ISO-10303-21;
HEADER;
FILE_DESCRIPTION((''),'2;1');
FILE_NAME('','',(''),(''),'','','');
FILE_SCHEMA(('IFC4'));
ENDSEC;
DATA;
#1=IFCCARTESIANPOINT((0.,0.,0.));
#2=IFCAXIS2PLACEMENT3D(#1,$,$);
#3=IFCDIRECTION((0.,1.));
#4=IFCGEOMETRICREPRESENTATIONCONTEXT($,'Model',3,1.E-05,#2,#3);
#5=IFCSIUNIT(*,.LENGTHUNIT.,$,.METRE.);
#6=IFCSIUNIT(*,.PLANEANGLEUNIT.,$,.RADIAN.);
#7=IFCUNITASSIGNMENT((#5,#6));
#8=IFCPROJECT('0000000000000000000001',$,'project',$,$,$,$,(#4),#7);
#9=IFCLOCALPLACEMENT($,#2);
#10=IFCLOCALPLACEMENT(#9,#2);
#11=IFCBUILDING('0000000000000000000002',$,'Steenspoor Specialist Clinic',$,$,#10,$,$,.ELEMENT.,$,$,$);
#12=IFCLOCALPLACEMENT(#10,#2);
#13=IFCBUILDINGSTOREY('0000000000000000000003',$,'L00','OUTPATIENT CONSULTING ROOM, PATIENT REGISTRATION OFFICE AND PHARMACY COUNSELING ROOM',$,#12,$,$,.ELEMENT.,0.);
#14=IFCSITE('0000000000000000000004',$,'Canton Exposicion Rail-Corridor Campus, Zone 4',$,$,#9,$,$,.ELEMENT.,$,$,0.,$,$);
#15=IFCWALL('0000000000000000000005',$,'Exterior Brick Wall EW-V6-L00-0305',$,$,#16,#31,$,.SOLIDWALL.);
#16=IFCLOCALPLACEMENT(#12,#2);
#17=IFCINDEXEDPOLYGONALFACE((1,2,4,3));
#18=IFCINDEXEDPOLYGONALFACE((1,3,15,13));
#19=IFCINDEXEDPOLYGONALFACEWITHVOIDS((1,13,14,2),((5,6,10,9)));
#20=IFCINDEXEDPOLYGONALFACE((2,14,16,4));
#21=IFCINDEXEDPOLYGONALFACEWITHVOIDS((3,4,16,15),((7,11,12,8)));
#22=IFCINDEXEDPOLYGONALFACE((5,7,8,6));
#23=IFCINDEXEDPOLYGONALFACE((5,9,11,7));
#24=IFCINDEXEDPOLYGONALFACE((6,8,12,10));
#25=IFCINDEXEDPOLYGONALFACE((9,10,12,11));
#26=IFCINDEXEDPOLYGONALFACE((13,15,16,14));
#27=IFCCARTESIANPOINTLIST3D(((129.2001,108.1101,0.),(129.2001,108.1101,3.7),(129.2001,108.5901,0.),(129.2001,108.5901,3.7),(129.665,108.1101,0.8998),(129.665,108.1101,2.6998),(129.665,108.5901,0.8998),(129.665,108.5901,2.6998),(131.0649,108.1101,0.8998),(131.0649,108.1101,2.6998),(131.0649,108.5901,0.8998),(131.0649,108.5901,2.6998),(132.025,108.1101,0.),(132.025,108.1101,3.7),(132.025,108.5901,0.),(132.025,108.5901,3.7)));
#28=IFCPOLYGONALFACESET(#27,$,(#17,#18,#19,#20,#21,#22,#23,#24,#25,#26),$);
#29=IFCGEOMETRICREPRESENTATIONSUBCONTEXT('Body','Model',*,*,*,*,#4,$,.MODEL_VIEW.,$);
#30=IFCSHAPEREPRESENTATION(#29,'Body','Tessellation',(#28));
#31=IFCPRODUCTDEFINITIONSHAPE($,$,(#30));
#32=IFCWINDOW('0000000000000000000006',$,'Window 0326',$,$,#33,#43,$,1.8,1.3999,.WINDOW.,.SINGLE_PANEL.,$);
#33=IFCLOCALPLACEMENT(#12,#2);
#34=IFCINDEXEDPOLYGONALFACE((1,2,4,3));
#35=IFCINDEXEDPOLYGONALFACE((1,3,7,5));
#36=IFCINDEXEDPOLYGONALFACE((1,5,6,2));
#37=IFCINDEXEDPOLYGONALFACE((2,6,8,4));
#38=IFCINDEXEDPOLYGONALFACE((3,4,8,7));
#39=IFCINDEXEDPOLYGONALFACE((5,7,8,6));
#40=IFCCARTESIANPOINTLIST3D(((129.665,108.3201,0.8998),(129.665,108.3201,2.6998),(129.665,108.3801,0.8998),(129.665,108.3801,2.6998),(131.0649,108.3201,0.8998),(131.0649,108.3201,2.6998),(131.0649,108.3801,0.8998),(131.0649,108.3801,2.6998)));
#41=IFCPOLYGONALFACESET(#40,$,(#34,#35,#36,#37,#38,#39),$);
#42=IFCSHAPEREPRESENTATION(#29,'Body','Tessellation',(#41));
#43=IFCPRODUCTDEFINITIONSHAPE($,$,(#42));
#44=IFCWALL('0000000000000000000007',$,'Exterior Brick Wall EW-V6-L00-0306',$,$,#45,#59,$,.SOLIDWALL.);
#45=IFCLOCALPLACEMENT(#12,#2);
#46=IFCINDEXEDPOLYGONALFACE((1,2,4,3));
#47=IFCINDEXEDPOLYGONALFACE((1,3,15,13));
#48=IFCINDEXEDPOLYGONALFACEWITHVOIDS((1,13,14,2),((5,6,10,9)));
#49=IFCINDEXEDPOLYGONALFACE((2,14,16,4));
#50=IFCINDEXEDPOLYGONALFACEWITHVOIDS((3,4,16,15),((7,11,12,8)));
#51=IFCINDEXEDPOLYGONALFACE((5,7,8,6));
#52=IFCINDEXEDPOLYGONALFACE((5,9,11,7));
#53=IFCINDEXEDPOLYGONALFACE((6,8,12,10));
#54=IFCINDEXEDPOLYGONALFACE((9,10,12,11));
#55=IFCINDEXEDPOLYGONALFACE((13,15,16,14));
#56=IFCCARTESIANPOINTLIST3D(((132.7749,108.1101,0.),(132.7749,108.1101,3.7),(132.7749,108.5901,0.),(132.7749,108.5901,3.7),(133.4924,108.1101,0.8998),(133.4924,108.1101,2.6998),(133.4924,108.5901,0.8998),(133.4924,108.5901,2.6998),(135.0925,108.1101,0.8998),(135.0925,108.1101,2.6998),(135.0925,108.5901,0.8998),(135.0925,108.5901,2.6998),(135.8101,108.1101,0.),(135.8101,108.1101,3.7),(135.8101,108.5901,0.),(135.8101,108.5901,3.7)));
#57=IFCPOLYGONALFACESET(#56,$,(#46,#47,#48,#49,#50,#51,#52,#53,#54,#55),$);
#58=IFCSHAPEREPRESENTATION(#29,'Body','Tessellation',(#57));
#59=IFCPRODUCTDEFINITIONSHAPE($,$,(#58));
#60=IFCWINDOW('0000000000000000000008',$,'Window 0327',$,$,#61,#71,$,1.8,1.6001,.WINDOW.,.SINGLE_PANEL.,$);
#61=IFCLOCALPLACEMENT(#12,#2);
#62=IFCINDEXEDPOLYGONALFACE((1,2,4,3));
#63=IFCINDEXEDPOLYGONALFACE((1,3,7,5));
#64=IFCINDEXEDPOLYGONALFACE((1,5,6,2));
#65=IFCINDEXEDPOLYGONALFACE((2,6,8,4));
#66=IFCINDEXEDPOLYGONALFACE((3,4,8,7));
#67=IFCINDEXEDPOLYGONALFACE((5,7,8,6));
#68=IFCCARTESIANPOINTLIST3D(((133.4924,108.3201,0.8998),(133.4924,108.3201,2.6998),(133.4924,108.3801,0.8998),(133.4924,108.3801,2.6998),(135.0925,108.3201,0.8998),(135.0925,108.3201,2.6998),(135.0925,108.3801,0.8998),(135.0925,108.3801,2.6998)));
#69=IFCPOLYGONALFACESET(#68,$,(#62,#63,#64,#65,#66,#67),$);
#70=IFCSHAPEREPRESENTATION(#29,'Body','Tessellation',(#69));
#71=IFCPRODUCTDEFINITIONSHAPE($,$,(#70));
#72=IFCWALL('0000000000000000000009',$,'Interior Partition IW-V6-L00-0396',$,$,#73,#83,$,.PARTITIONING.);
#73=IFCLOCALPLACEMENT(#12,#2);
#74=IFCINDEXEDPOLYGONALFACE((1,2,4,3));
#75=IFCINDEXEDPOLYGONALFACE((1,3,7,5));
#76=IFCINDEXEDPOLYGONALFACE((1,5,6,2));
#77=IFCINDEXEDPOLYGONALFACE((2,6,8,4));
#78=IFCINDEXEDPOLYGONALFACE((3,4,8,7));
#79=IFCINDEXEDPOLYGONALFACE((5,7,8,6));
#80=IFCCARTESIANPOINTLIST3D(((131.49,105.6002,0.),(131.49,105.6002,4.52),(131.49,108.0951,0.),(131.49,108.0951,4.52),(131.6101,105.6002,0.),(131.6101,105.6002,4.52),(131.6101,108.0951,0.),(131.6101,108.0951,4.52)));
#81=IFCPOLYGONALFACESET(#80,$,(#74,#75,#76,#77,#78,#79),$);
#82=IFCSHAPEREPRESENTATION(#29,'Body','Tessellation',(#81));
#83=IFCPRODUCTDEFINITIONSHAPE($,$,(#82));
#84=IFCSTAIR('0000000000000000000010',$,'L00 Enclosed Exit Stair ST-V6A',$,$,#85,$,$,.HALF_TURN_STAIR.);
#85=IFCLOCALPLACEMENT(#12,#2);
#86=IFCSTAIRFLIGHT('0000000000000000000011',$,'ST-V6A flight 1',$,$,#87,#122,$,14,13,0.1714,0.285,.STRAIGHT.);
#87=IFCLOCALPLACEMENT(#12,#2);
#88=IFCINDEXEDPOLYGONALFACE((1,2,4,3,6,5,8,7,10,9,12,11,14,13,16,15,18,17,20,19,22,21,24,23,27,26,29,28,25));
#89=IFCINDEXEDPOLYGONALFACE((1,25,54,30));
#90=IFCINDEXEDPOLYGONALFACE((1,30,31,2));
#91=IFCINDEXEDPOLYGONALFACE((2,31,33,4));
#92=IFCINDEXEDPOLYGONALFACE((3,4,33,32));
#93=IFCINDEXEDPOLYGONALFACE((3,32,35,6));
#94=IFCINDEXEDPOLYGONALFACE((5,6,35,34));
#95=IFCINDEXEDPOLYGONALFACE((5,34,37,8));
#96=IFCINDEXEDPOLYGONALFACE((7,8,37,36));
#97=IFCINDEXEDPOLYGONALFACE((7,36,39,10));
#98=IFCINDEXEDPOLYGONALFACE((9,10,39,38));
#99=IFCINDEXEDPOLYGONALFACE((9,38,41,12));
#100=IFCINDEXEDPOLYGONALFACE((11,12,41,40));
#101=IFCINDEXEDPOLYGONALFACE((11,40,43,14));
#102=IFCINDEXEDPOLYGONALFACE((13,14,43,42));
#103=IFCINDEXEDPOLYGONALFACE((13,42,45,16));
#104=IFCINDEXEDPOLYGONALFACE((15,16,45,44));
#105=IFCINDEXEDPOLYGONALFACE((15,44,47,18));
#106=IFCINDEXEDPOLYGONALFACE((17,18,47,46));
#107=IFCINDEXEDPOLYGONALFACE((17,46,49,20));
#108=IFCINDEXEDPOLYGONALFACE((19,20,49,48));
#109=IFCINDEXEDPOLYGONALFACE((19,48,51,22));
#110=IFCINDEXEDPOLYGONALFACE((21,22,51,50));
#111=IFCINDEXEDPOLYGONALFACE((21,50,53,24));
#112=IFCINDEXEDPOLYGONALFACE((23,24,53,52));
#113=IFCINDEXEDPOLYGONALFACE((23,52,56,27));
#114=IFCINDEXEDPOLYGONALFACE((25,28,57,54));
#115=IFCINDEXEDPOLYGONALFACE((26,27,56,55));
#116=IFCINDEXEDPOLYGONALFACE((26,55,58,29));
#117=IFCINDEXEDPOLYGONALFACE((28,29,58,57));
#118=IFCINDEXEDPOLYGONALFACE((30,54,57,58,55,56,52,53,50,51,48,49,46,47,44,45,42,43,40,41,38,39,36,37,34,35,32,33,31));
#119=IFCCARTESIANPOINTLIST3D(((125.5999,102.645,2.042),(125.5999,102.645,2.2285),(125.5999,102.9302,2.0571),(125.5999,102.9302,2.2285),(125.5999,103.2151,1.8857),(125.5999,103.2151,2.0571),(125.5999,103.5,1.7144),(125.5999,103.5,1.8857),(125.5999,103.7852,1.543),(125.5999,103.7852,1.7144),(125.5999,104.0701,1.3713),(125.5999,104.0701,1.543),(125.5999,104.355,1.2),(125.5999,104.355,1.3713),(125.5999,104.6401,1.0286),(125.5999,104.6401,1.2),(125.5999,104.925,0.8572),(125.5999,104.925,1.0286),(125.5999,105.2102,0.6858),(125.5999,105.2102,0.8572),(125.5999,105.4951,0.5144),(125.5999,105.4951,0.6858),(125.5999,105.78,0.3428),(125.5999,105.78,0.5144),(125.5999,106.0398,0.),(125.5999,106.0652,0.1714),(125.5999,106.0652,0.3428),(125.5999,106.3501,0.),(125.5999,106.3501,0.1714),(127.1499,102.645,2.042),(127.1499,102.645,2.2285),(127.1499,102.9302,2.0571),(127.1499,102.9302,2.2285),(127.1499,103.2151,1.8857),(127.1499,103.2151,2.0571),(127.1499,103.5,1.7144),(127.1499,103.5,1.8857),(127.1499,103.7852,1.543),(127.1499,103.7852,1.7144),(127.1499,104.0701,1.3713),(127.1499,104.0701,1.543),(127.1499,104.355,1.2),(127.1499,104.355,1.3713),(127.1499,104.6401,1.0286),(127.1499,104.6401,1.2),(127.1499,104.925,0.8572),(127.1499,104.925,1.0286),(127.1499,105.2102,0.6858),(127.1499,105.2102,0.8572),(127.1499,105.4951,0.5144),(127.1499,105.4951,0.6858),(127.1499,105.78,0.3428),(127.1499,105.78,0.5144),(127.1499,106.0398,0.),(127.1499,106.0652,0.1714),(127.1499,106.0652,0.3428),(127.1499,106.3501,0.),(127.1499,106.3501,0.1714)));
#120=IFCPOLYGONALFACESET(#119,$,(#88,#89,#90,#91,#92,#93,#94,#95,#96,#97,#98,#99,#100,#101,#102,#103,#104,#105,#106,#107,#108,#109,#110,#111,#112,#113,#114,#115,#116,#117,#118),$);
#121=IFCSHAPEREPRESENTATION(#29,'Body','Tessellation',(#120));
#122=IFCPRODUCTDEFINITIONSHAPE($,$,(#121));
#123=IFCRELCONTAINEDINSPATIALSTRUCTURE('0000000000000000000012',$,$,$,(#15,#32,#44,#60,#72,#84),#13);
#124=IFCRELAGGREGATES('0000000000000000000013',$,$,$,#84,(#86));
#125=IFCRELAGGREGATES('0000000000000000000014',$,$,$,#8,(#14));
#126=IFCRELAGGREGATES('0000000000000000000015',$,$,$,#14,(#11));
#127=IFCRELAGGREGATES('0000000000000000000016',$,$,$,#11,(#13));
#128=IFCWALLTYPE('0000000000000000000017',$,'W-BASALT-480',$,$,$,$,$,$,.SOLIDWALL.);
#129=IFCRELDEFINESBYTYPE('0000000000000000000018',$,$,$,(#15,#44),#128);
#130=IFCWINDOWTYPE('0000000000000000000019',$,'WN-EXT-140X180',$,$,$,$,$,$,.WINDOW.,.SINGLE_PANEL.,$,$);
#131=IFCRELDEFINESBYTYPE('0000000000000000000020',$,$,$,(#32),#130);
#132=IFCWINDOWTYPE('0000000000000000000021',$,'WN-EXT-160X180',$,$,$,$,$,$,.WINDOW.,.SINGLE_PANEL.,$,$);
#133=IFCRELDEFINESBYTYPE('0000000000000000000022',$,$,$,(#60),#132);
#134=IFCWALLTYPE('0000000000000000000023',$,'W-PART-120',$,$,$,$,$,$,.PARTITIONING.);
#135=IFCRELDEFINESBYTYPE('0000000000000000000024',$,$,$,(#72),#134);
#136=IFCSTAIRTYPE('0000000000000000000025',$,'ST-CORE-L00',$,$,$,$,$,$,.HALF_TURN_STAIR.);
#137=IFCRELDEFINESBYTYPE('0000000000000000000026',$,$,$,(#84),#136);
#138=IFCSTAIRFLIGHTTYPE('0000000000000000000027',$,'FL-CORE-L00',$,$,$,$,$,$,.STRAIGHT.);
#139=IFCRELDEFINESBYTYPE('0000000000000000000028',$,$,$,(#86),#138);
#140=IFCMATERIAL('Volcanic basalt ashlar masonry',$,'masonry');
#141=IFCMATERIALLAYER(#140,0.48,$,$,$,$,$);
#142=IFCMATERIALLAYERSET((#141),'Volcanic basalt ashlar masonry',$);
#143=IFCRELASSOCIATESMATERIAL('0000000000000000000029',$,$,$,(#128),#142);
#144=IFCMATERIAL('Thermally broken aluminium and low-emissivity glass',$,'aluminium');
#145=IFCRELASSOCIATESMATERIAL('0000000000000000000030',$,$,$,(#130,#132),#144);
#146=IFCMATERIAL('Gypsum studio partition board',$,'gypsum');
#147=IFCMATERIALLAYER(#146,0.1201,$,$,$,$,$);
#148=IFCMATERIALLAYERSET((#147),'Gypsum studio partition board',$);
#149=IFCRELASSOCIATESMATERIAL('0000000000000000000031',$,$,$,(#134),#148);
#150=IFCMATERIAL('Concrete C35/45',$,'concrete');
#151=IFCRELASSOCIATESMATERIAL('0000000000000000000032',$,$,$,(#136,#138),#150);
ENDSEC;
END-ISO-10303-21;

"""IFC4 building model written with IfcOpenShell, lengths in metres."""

from ifc_helpers import new_model, si_unit, direction, frame, frame_2d, origin, place, context, subcontext, project, spatial, polyline, rectangle, outline, extrude, material, layer, layer_set, type_object, element, fill, aggregate, save


model = new_model("IFC4")

# Units and contexts
model_context = context("Model", 3, precision=1e-05, world=origin(), true_north=direction((0.0, 1.0)))
body_context = subcontext(model_context, "Body", "Model", "MODEL_VIEW")
ifc_project = project(units=[si_unit("LENGTHUNIT", "METRE"), si_unit("PLANEANGLEUNIT", "RADIAN")], contexts=[model_context])

# Site, building, storey
site_placement = place(None, origin())
site = spatial("IfcSite", under=ifc_project, at=site_placement, Name="Canton Exposicion Rail-Corridor Campus, Zone 4", CompositionType="ELEMENT", RefElevation=0.0)
building_placement = place(site_placement, origin())
building = spatial("IfcBuilding", under=site, at=building_placement, Name="Steenspoor Specialist Clinic", CompositionType="ELEMENT")
storey_placement = place(building_placement, origin())
storey = spatial("IfcBuildingStorey", under=building, at=storey_placement, Name="L00", Description="OUTPATIENT CONSULTING ROOM, PATIENT REGISTRATION OFFICE AND PHARMACY COUNSELING ROOM", CompositionType="ELEMENT", Elevation=0.0)

# Shared definitions
ifc_material_1 = material(Name="Concrete C35/45", Category="concrete")

# Walls, openings, windows
ifc_material_2 = material(Name="Volcanic basalt ashlar masonry", Category="masonry")
ifc_layer_1 = layer(ifc_material_2, 0.48)
ifc_layer_set_1 = layer_set([ifc_layer_1], Name="Volcanic basalt ashlar masonry")
wall_type_1 = type_object("IfcWallType", Name="W-BASALT-480", PredefinedType="SOLIDWALL", material=ifc_layer_set_1)
wall_1_placement = place(storey_placement, frame((129.2, 108.3501, 0.0), z_axis=(0.0, 0.0, 1.0), x_axis=(1.0, 0.0, 0.0)))
wall_1 = element("IfcWall", 1, at=wall_1_placement, inside=storey, type_object=wall_type_1, Name="Exterior Brick Wall EW-V6-L00-0305", PredefinedType="SOLIDWALL", context=body_context, shape_type="SweptSolid", body=[
    extrude(rectangle(XDim=2.825, YDim=0.48, at=frame_2d((1.4126, 0.0))), origin(), (0.0, 0.0, 1.0), 3.7),
])
opening_1_placement = place(wall_1_placement, frame((0.4651, 0.0, 0.8999)))
opening_1 = element("IfcOpeningElement", 2, at=opening_1_placement, cuts=wall_1, PredefinedType="OPENING", context=body_context, shape_type="SweptSolid", body=[
    extrude(rectangle(XDim=1.3999, YDim=1.8, at=frame_2d((0.7, 0.8999))), frame((0.0, 0.25, 0.0), z_axis=(0.0, -1.0, 0.0), x_axis=(1.0, 0.0, 0.0)), (0.0, 0.0, 1.0), 0.5),
])
ifc_material_3 = material(Name="Thermally broken aluminium and low-emissivity glass", Category="aluminium")
window_type_1 = type_object("IfcWindowType", Name="WN-EXT-140X180", PartitioningType="SINGLE_PANEL", PredefinedType="WINDOW", material=ifc_material_3)
window_1_placement = place(opening_1_placement, origin())
window_1 = element("IfcWindow", 3, at=window_1_placement, inside=storey, type_object=window_type_1, Name="Window 0326", OverallHeight=1.8, OverallWidth=1.3999, PartitioningType="SINGLE_PANEL", PredefinedType="WINDOW", context=body_context, shape_type="SweptSolid", body=[
    extrude(rectangle(XDim=1.3999, YDim=1.8, at=frame_2d((0.7, 0.8999))), frame((0.0, 0.03, 0.0), z_axis=(0.0, -1.0, 0.0), x_axis=(1.0, 0.0, 0.0)), (0.0, 0.0, 1.0), 0.0601),
])
fill(opening_1, window_1)
wall_2_placement = place(storey_placement, frame((132.7749, 108.3501, 0.0), z_axis=(0.0, 0.0, 1.0), x_axis=(1.0, 0.0, 0.0)))
wall_2 = element("IfcWall", 4, at=wall_2_placement, inside=storey, type_object=wall_type_1, Name="Exterior Brick Wall EW-V6-L00-0306", PredefinedType="SOLIDWALL", context=body_context, shape_type="SweptSolid", body=[
    extrude(rectangle(XDim=3.0352, YDim=0.48, at=frame_2d((1.5176, 0.0))), origin(), (0.0, 0.0, 1.0), 3.7),
])
opening_2_placement = place(wall_2_placement, frame((0.7175, 0.0, 0.8999)))
opening_2 = element("IfcOpeningElement", 5, at=opening_2_placement, cuts=wall_2, PredefinedType="OPENING", context=body_context, shape_type="SweptSolid", body=[
    extrude(rectangle(XDim=1.6001, YDim=1.8, at=frame_2d((0.8, 0.8999))), frame((0.0, 0.25, 0.0), z_axis=(0.0, -1.0, 0.0), x_axis=(1.0, 0.0, 0.0)), (0.0, 0.0, 1.0), 0.5),
])
window_type_2 = type_object("IfcWindowType", Name="WN-EXT-160X180", PartitioningType="SINGLE_PANEL", PredefinedType="WINDOW", material=ifc_material_3)
window_2_placement = place(opening_2_placement, origin())
window_2 = element("IfcWindow", 6, at=window_2_placement, inside=storey, type_object=window_type_2, Name="Window 0327", OverallHeight=1.8, OverallWidth=1.6001, PartitioningType="SINGLE_PANEL", PredefinedType="WINDOW", context=body_context, shape_type="SweptSolid", body=[
    extrude(rectangle(XDim=1.6001, YDim=1.8, at=frame_2d((0.8, 0.8999))), frame((0.0, 0.03, 0.0), z_axis=(0.0, -1.0, 0.0), x_axis=(1.0, 0.0, 0.0)), (0.0, 0.0, 1.0), 0.0601),
])
fill(opening_2, window_2)

# Wall
ifc_material_4 = material(Name="Gypsum studio partition board", Category="gypsum")
ifc_layer_2 = layer(ifc_material_4, 0.1201)
ifc_layer_set_2 = layer_set([ifc_layer_2], Name="Gypsum studio partition board")
wall_type_2 = type_object("IfcWallType", Name="W-PART-120", PredefinedType="PARTITIONING", material=ifc_layer_set_2)
wall_3_placement = place(storey_placement, frame((131.55, 105.6001, 0.0), z_axis=(0.0, 0.0, 1.0), x_axis=(0.0, 1.0, 0.0)))
element("IfcWall", 7, at=wall_3_placement, inside=storey, type_object=wall_type_2, Name="Interior Partition IW-V6-L00-0396", PredefinedType="PARTITIONING", context=body_context, shape_type="SweptSolid", body=[
    extrude(rectangle(XDim=2.4949, YDim=0.1201, at=frame_2d((1.2476, 0.0))), origin(), (0.0, 0.0, 1.0), 4.52),
])

# Stair, stair flight
stair_type = type_object("IfcStairType", Name="ST-CORE-L00", PredefinedType="HALF_TURN_STAIR", material=ifc_material_1)
stair_placement = place(storey_placement, origin())
stair = element("IfcStair", 8, at=stair_placement, inside=storey, type_object=stair_type, Name="L00 Enclosed Exit Stair ST-V6A", PredefinedType="HALF_TURN_STAIR")
stair_flight_type = type_object("IfcStairFlightType", Name="FL-CORE-L00", PredefinedType="STRAIGHT", material=ifc_material_1)
stair_flight_placement = place(storey_placement, frame((126.375, 106.3501, 0.0), z_axis=(0.0, 0.0, 1.0), x_axis=(0.0, -1.0, 0.0)))
stair_flight = element("IfcStairFlight", 9, at=stair_flight_placement, type_object=stair_flight_type, Name="ST-V6A flight 1", NumberOfRisers=14, NumberOfTreads=13, PredefinedType="STRAIGHT", RiserHeight=0.1714, TreadLength=0.285, context=body_context, shape_type="SweptSolid", body=[
    extrude(outline(polyline([(0.0, 0.0), (0.0, 0.1714), (0.2849, 0.1714), (0.2849, 0.3428), (0.5701, 0.3428), (0.5701, 0.5144), (0.855, 0.5144), (0.855, 0.6858), (1.1399, 0.6858), (1.1399, 0.8572), (1.425, 0.8572), (1.425, 1.0286), (1.71, 1.0286), (1.71, 1.2), (1.9951, 1.2), (1.9951, 1.3713), (2.28, 1.3713), (2.28, 1.543), (2.5649, 1.543), (2.5649, 1.7144), (2.8501, 1.7144), (2.8501, 1.8857), (3.135, 1.8857), (3.135, 2.0571), (3.4199, 2.0571), (3.4199, 2.2285), (3.7051, 2.2285), (3.7051, 2.3999), (3.7051, 2.042), (0.3103, 0.0), (0.0, 0.0)])), frame((0.0, 0.7749, 0.0), z_axis=(0.0, -1.0, 0.0), x_axis=(1.0, 0.0, 0.0)), (0.0, 0.0, 1.0), 1.55),
])
aggregate(stair, [stair_flight])

save(model, "model.ifc")
